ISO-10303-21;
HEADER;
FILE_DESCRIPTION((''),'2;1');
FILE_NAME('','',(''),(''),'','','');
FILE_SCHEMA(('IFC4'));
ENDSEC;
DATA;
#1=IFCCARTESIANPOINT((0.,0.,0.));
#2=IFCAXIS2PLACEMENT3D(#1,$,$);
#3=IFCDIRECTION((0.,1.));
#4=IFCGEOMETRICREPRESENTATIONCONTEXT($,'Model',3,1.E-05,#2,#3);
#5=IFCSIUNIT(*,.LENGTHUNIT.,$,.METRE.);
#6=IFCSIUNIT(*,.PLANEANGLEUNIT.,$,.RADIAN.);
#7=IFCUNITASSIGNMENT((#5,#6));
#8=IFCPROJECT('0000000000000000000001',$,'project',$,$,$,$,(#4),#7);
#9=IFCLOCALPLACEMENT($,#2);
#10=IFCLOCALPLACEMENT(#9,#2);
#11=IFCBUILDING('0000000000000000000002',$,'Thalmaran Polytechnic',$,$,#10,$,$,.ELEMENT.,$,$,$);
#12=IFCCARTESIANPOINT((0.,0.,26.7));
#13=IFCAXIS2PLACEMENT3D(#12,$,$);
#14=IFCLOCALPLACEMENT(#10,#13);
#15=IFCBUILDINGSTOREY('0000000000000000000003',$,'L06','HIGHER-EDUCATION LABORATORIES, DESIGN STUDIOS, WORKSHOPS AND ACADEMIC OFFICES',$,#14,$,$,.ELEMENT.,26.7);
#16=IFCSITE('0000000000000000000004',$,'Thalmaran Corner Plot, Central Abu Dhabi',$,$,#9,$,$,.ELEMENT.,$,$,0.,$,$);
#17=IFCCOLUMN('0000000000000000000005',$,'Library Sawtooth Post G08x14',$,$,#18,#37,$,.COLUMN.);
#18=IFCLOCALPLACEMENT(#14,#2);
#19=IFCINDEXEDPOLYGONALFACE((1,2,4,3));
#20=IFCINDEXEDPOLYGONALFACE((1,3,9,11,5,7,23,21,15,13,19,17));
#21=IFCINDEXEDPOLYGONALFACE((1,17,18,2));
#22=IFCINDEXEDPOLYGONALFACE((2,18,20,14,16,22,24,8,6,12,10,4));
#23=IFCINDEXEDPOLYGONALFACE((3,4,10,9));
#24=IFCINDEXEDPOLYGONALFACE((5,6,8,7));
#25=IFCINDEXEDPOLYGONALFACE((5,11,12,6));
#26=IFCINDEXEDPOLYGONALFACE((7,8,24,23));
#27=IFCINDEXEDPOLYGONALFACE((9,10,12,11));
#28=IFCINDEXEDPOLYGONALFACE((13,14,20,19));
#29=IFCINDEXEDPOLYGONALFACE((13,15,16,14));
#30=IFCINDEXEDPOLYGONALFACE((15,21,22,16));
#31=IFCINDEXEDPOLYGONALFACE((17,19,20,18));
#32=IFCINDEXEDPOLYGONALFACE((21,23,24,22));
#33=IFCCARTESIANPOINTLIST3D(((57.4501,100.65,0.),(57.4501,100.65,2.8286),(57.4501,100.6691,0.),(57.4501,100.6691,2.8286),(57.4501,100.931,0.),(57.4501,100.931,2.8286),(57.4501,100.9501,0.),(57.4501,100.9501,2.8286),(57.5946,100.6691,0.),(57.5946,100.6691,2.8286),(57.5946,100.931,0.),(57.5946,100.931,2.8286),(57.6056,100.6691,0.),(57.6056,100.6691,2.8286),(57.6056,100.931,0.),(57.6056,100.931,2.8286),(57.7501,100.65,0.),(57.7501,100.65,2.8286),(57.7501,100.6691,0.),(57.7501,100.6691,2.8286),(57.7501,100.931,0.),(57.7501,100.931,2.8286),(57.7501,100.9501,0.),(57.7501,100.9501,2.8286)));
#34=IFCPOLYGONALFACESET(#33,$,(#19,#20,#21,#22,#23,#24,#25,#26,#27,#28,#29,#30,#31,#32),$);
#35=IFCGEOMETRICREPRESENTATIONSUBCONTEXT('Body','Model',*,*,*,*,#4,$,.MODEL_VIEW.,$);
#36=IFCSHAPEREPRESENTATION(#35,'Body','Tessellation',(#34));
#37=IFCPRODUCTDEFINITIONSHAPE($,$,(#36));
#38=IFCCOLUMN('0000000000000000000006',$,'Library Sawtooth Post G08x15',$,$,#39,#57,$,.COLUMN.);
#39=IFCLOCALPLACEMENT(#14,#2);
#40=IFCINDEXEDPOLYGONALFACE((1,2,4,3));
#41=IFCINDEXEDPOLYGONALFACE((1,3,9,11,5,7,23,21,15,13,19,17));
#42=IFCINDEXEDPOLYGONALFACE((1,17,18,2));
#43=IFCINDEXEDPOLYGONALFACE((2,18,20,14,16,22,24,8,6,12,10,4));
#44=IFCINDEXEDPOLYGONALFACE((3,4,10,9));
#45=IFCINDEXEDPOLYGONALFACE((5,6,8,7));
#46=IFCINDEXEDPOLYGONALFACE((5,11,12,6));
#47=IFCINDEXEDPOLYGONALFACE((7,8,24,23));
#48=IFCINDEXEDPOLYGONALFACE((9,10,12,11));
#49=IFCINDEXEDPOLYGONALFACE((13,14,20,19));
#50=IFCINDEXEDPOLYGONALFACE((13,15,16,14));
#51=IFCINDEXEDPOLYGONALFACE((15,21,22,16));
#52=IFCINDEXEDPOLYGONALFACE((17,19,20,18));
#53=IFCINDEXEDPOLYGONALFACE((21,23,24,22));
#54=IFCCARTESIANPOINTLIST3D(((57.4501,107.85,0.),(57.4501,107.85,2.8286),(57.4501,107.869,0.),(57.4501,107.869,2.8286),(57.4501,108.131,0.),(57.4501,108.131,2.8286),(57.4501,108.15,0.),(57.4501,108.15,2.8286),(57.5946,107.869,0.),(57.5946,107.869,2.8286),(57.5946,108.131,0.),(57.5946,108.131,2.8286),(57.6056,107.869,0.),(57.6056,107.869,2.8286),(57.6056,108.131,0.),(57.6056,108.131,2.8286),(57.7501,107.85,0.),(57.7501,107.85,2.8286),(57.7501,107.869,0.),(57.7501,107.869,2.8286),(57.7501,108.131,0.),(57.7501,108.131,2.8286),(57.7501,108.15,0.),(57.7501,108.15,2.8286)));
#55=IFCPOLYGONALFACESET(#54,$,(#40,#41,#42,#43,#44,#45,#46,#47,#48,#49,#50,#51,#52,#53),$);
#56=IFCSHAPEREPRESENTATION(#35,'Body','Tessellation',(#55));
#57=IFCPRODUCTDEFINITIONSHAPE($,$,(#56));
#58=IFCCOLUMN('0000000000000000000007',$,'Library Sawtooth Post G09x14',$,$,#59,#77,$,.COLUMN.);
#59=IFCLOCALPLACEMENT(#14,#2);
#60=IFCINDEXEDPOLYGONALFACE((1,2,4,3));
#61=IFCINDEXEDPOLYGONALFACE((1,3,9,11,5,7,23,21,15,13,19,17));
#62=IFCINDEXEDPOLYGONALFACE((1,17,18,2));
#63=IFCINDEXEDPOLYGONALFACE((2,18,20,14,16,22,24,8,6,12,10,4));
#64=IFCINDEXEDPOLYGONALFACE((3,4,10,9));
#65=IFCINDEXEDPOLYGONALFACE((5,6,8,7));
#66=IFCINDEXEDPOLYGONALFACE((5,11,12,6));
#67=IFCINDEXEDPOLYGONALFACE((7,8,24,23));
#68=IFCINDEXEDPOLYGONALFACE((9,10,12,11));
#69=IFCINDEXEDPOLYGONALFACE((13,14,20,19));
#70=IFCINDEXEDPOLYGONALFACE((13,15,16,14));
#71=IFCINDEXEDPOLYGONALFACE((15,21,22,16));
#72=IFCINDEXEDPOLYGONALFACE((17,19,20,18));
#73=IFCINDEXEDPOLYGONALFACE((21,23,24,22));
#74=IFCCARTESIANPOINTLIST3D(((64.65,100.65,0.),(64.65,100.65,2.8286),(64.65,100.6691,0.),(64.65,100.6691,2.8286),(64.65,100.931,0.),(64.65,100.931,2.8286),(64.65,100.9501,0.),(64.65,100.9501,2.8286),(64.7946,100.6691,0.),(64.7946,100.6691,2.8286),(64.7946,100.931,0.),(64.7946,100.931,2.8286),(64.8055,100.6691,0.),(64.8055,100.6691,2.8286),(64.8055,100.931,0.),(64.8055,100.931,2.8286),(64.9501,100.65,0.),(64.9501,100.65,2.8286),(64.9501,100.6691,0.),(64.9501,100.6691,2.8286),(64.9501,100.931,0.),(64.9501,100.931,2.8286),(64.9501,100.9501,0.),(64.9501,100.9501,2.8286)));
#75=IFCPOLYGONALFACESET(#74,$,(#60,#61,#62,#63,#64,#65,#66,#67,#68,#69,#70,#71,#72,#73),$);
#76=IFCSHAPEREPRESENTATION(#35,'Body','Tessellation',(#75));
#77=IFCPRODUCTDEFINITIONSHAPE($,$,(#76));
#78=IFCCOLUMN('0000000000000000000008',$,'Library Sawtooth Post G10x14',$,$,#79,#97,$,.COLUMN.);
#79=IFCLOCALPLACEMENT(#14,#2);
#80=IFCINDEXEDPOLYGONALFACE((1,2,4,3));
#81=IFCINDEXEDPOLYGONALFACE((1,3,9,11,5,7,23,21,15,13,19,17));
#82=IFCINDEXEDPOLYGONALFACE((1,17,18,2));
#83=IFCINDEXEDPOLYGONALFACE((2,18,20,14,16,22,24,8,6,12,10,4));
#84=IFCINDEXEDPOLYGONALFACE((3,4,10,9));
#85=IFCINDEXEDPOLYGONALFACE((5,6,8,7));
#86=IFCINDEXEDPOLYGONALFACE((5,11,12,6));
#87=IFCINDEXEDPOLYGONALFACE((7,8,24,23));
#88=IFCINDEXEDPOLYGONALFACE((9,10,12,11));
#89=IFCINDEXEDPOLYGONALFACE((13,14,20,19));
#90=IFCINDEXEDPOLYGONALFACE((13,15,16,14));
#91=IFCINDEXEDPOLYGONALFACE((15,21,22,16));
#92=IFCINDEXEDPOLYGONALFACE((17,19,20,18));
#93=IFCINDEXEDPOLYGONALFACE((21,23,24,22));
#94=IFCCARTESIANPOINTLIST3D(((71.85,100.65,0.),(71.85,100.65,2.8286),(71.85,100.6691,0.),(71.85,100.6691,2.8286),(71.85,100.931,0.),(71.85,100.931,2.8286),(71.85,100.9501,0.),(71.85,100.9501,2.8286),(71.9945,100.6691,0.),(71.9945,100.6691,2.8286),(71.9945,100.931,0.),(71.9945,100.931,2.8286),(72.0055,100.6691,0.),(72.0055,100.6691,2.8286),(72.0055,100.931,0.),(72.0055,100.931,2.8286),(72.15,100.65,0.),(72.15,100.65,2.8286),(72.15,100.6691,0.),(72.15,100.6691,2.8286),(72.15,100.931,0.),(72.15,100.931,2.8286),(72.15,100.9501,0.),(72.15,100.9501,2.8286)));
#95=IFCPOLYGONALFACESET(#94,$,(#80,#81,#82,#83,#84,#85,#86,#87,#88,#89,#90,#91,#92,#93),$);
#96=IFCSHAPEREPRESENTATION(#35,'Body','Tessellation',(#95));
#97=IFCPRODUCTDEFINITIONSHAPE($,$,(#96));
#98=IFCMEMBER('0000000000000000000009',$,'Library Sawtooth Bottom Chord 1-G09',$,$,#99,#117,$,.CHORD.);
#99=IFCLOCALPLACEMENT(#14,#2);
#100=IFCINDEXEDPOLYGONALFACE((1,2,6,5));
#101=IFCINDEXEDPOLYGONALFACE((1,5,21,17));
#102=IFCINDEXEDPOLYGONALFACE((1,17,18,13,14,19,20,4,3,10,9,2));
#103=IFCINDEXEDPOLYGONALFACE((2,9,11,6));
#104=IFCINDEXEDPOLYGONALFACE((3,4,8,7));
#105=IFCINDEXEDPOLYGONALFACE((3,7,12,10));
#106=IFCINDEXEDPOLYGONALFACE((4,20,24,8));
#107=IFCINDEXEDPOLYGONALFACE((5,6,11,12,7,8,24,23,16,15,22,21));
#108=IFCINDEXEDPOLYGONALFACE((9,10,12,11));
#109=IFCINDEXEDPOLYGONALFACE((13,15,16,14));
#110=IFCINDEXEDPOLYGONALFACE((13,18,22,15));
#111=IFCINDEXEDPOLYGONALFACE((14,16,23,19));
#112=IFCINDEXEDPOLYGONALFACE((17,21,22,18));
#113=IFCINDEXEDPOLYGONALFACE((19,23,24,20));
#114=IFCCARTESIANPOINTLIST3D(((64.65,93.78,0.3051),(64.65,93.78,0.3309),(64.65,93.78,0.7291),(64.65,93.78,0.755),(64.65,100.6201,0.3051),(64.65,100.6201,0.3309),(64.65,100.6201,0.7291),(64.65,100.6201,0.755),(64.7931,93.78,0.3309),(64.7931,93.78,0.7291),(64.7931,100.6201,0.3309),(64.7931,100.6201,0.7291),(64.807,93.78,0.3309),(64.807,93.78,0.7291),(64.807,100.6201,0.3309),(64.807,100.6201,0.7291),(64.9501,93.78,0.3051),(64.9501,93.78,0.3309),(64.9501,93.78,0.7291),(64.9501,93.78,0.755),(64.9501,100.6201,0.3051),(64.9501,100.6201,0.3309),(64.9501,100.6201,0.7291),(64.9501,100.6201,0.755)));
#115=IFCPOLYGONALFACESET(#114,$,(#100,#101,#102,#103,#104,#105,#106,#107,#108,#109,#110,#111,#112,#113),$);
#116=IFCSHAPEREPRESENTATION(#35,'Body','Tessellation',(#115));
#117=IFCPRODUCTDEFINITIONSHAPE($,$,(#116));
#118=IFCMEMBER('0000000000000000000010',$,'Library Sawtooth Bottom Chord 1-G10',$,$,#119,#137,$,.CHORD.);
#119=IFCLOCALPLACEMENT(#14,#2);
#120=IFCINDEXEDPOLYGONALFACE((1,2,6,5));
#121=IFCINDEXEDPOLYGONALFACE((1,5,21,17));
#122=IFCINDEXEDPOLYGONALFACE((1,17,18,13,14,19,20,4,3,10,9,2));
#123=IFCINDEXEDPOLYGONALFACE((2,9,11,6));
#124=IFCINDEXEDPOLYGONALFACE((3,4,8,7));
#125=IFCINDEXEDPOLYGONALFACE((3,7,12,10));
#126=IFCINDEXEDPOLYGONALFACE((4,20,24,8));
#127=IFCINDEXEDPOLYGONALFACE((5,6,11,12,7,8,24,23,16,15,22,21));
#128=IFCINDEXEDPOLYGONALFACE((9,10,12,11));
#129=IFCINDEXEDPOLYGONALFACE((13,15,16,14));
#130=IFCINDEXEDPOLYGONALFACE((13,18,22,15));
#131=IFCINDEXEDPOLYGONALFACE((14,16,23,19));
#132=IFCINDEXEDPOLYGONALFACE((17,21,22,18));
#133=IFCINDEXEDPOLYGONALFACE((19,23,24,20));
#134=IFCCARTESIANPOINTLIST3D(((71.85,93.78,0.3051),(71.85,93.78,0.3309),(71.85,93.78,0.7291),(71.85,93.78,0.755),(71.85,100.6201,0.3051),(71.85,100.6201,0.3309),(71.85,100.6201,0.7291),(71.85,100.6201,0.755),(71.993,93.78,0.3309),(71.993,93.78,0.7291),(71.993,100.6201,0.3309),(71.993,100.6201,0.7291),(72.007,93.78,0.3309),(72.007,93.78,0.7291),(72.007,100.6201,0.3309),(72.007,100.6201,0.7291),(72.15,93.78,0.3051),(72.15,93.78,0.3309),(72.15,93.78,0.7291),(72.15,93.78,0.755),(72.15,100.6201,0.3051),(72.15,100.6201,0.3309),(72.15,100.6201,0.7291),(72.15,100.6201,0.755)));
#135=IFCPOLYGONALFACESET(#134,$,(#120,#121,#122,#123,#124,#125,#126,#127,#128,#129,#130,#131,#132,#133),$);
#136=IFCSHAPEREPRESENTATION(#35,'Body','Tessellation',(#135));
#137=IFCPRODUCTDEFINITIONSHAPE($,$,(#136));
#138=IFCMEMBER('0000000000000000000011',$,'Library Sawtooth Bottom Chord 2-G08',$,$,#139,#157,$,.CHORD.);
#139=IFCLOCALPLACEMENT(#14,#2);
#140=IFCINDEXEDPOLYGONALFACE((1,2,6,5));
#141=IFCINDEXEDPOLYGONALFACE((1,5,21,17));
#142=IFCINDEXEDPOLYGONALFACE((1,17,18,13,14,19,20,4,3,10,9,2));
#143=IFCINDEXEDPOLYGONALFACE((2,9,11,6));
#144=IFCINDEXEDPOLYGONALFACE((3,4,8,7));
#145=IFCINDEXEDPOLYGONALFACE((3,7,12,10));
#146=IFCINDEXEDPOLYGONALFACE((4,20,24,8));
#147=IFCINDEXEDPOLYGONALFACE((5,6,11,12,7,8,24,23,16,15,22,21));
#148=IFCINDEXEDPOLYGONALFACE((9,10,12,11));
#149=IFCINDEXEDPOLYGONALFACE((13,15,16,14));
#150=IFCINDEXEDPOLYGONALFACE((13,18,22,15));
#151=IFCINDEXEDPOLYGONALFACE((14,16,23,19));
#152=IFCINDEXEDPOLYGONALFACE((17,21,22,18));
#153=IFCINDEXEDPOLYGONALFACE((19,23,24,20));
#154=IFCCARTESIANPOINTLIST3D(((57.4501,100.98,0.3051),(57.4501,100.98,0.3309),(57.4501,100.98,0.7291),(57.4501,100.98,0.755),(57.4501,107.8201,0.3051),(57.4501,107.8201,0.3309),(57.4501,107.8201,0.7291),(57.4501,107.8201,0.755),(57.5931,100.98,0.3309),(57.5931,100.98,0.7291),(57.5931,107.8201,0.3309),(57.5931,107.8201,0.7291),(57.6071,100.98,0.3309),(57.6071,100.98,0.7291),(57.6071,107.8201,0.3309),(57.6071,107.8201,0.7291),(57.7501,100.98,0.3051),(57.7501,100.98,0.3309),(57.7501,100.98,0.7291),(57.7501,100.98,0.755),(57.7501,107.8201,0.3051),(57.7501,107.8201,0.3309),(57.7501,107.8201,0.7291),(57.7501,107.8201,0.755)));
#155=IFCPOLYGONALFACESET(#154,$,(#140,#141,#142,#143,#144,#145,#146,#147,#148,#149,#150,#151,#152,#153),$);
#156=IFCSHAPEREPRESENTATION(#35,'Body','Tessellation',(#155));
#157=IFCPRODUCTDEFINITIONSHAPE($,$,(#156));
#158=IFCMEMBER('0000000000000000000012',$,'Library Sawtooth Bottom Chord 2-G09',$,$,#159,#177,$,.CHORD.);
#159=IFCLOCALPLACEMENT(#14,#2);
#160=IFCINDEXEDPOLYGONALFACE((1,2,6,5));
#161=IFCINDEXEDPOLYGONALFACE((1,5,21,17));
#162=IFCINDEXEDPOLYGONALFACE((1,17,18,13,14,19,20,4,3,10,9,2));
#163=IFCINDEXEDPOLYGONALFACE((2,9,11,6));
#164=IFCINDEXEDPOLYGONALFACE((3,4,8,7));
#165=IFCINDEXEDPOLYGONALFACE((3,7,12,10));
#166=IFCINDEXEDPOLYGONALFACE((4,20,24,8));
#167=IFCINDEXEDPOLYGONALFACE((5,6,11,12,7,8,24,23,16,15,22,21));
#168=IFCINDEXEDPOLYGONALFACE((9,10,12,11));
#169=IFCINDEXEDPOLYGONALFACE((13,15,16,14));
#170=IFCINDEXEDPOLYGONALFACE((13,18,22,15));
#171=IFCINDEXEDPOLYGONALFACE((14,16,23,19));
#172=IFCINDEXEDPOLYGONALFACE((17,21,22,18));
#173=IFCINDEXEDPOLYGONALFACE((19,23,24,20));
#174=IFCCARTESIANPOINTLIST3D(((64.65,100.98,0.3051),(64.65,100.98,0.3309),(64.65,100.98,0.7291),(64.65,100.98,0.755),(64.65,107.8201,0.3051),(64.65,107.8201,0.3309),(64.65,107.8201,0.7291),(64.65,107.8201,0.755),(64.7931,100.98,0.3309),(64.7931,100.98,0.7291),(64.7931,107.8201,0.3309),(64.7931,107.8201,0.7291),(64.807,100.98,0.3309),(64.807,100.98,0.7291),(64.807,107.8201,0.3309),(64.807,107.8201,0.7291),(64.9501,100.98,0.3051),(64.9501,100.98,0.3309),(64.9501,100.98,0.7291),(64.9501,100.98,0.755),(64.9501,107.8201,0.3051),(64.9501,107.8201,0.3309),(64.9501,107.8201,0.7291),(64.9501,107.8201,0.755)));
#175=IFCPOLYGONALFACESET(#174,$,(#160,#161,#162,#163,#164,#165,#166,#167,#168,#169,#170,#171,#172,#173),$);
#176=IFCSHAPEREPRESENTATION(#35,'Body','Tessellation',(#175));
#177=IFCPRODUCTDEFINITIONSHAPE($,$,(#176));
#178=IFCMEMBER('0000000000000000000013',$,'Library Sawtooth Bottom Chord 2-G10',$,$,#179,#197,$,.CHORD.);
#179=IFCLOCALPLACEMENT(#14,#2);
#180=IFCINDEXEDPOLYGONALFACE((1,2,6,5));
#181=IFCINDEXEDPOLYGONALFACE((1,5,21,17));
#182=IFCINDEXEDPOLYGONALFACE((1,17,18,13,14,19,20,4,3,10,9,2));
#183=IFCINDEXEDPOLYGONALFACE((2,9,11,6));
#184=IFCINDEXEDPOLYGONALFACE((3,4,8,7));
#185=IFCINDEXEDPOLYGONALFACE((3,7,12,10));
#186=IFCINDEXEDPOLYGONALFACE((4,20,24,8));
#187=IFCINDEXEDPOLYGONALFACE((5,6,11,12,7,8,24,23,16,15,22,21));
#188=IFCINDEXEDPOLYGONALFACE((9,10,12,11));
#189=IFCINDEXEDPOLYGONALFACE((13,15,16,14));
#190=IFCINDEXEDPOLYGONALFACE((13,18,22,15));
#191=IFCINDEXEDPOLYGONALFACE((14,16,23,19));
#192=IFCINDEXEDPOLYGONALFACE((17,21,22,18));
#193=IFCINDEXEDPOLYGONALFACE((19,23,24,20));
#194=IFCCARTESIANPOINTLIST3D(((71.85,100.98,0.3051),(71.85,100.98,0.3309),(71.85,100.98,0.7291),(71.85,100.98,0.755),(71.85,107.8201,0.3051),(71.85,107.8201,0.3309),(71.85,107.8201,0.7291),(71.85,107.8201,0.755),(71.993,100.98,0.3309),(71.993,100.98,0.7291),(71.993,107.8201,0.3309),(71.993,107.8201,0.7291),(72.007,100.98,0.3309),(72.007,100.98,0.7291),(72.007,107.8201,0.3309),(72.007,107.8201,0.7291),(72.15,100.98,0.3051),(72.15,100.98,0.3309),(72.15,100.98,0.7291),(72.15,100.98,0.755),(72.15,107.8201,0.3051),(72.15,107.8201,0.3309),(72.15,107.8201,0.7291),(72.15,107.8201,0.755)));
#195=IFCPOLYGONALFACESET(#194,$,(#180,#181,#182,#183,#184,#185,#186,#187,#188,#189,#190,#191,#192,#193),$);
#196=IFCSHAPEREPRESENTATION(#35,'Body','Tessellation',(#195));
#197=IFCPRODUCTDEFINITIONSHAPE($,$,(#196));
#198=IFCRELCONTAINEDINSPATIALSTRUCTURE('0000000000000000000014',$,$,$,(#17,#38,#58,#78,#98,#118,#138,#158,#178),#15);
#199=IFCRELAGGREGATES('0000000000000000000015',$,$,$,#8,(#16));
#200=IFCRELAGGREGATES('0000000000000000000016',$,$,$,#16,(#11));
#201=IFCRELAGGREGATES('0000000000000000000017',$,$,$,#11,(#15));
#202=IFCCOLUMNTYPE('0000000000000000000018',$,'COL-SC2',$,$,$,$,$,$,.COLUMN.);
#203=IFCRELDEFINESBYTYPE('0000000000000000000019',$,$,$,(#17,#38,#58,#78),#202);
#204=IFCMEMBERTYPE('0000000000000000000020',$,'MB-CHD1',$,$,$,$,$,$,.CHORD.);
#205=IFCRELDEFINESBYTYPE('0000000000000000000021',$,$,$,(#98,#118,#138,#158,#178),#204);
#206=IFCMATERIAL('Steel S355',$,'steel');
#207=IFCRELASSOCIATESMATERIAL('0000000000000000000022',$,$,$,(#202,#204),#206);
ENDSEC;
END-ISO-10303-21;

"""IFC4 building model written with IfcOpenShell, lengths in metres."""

from ifc_helpers import new_model, si_unit, direction, frame, origin, origin_2d, place, context, subcontext, project, spatial, i_section, extrude, material, material_profile, profile_set, type_object, element, save


model = new_model("IFC4")

# Units and contexts
model_context = context("Model", 3, precision=1e-05, world=origin(), true_north=direction((0.0, 1.0)))
body_context = subcontext(model_context, "Body", "Model", "MODEL_VIEW")
ifc_project = project(units=[si_unit("LENGTHUNIT", "METRE"), si_unit("PLANEANGLEUNIT", "RADIAN")], contexts=[model_context])

# Site, building, storey
site_placement = place(None, origin())
site = spatial("IfcSite", under=ifc_project, at=site_placement, Name="Thalmaran Corner Plot, Central Abu Dhabi", CompositionType="ELEMENT", RefElevation=0.0)
building_placement = place(site_placement, origin())
building = spatial("IfcBuilding", under=site, at=building_placement, Name="Thalmaran Polytechnic", CompositionType="ELEMENT")
storey_placement = place(building_placement, frame((0.0, 0.0, 26.7)))
storey = spatial("IfcBuildingStorey", under=building, at=storey_placement, Name="L06", Description="HIGHER-EDUCATION LABORATORIES, DESIGN STUDIOS, WORKSHOPS AND ACADEMIC OFFICES", CompositionType="ELEMENT", Elevation=26.7)

# Columns
ifc_material_1 = material(Name="Steel S355", Category="steel")
ifc_material_profile_1 = material_profile(ifc_material_1, i_section(OverallWidth=0.3, OverallDepth=0.3, WebThickness=0.011, FlangeThickness=0.019, at=origin_2d()), Name="HEB 300")
ifc_profile_set_1 = profile_set([ifc_material_profile_1], Name="Steel S355")
column_type = type_object("IfcColumnType", Name="COL-SC2", PredefinedType="COLUMN", material=ifc_profile_set_1)
for number, where, z_axis, x_axis, name in (
    (1, (57.6001, 100.8, 0.0), (0.0, 0.0, 1.0), (1.0, 0.0, 0.0), "Library Sawtooth Post G08x14"),
    (2, (57.6001, 108.0, 0.0), (0.0, 0.0, 1.0), (1.0, 0.0, 0.0), "Library Sawtooth Post G08x15"),
    (3, (64.8, 100.8, 0.0), (0.0, 0.0, 1.0), (1.0, 0.0, 0.0), "Library Sawtooth Post G09x14"),
    (4, (72.0, 100.8, 0.0), (0.0, 0.0, 1.0), (1.0, 0.0, 0.0), "Library Sawtooth Post G10x14"),
):
    element("IfcColumn", number, at=place(storey_placement, frame(where, z_axis=z_axis, x_axis=x_axis)), inside=storey, type_object=column_type, Name=name, PredefinedType="COLUMN", context=body_context, shape_type="SweptSolid", body=[
        extrude(i_section(OverallWidth=0.3, OverallDepth=0.3, WebThickness=0.011, FlangeThickness=0.019, at=origin_2d()), origin(), (0.0, 0.0, 1.0), 2.8286),
    ])

# Members
ifc_material_profile_2 = material_profile(ifc_material_1, i_section(OverallWidth=0.3, OverallDepth=0.45, WebThickness=0.0139, FlangeThickness=0.0259, at=origin_2d()), Name="HEB 450")
ifc_profile_set_2 = profile_set([ifc_material_profile_2], Name="Steel S355")
member_type_1 = type_object("IfcMemberType", Name="MB-CHD1", PredefinedType="CHORD", material=ifc_profile_set_2)
for number, where, z_axis, x_axis, name in (
    (5, (64.8, 93.78, 0.53), (0.0, 1.0, 0.0), (-1.0, 0.0, 0.0), "Library Sawtooth Bottom Chord 1-G09"),
    (6, (72.0, 93.78, 0.53), (0.0, 1.0, 0.0), (-1.0, 0.0, 0.0), "Library Sawtooth Bottom Chord 1-G10"),
    (7, (57.6001, 100.98, 0.53), (0.0, 1.0, 0.0), (-1.0, 0.0, 0.0), "Library Sawtooth Bottom Chord 2-G08"),
    (8, (64.8, 100.98, 0.53), (0.0, 1.0, 0.0), (-1.0, 0.0, 0.0), "Library Sawtooth Bottom Chord 2-G09"),
    (9, (72.0, 100.98, 0.53), (0.0, 1.0, 0.0), (-1.0, 0.0, 0.0), "Library Sawtooth Bottom Chord 2-G10"),
):
    element("IfcMember", number, at=place(storey_placement, frame(where, z_axis=z_axis, x_axis=x_axis)), inside=storey, type_object=member_type_1, Name=name, PredefinedType="CHORD", context=body_context, shape_type="SweptSolid", body=[
        extrude(i_section(OverallWidth=0.3, OverallDepth=0.45, WebThickness=0.0139, FlangeThickness=0.0259, at=origin_2d()), origin(), (0.0, 0.0, 1.0), 6.8401),
    ])

save(model, "model.ifc")
